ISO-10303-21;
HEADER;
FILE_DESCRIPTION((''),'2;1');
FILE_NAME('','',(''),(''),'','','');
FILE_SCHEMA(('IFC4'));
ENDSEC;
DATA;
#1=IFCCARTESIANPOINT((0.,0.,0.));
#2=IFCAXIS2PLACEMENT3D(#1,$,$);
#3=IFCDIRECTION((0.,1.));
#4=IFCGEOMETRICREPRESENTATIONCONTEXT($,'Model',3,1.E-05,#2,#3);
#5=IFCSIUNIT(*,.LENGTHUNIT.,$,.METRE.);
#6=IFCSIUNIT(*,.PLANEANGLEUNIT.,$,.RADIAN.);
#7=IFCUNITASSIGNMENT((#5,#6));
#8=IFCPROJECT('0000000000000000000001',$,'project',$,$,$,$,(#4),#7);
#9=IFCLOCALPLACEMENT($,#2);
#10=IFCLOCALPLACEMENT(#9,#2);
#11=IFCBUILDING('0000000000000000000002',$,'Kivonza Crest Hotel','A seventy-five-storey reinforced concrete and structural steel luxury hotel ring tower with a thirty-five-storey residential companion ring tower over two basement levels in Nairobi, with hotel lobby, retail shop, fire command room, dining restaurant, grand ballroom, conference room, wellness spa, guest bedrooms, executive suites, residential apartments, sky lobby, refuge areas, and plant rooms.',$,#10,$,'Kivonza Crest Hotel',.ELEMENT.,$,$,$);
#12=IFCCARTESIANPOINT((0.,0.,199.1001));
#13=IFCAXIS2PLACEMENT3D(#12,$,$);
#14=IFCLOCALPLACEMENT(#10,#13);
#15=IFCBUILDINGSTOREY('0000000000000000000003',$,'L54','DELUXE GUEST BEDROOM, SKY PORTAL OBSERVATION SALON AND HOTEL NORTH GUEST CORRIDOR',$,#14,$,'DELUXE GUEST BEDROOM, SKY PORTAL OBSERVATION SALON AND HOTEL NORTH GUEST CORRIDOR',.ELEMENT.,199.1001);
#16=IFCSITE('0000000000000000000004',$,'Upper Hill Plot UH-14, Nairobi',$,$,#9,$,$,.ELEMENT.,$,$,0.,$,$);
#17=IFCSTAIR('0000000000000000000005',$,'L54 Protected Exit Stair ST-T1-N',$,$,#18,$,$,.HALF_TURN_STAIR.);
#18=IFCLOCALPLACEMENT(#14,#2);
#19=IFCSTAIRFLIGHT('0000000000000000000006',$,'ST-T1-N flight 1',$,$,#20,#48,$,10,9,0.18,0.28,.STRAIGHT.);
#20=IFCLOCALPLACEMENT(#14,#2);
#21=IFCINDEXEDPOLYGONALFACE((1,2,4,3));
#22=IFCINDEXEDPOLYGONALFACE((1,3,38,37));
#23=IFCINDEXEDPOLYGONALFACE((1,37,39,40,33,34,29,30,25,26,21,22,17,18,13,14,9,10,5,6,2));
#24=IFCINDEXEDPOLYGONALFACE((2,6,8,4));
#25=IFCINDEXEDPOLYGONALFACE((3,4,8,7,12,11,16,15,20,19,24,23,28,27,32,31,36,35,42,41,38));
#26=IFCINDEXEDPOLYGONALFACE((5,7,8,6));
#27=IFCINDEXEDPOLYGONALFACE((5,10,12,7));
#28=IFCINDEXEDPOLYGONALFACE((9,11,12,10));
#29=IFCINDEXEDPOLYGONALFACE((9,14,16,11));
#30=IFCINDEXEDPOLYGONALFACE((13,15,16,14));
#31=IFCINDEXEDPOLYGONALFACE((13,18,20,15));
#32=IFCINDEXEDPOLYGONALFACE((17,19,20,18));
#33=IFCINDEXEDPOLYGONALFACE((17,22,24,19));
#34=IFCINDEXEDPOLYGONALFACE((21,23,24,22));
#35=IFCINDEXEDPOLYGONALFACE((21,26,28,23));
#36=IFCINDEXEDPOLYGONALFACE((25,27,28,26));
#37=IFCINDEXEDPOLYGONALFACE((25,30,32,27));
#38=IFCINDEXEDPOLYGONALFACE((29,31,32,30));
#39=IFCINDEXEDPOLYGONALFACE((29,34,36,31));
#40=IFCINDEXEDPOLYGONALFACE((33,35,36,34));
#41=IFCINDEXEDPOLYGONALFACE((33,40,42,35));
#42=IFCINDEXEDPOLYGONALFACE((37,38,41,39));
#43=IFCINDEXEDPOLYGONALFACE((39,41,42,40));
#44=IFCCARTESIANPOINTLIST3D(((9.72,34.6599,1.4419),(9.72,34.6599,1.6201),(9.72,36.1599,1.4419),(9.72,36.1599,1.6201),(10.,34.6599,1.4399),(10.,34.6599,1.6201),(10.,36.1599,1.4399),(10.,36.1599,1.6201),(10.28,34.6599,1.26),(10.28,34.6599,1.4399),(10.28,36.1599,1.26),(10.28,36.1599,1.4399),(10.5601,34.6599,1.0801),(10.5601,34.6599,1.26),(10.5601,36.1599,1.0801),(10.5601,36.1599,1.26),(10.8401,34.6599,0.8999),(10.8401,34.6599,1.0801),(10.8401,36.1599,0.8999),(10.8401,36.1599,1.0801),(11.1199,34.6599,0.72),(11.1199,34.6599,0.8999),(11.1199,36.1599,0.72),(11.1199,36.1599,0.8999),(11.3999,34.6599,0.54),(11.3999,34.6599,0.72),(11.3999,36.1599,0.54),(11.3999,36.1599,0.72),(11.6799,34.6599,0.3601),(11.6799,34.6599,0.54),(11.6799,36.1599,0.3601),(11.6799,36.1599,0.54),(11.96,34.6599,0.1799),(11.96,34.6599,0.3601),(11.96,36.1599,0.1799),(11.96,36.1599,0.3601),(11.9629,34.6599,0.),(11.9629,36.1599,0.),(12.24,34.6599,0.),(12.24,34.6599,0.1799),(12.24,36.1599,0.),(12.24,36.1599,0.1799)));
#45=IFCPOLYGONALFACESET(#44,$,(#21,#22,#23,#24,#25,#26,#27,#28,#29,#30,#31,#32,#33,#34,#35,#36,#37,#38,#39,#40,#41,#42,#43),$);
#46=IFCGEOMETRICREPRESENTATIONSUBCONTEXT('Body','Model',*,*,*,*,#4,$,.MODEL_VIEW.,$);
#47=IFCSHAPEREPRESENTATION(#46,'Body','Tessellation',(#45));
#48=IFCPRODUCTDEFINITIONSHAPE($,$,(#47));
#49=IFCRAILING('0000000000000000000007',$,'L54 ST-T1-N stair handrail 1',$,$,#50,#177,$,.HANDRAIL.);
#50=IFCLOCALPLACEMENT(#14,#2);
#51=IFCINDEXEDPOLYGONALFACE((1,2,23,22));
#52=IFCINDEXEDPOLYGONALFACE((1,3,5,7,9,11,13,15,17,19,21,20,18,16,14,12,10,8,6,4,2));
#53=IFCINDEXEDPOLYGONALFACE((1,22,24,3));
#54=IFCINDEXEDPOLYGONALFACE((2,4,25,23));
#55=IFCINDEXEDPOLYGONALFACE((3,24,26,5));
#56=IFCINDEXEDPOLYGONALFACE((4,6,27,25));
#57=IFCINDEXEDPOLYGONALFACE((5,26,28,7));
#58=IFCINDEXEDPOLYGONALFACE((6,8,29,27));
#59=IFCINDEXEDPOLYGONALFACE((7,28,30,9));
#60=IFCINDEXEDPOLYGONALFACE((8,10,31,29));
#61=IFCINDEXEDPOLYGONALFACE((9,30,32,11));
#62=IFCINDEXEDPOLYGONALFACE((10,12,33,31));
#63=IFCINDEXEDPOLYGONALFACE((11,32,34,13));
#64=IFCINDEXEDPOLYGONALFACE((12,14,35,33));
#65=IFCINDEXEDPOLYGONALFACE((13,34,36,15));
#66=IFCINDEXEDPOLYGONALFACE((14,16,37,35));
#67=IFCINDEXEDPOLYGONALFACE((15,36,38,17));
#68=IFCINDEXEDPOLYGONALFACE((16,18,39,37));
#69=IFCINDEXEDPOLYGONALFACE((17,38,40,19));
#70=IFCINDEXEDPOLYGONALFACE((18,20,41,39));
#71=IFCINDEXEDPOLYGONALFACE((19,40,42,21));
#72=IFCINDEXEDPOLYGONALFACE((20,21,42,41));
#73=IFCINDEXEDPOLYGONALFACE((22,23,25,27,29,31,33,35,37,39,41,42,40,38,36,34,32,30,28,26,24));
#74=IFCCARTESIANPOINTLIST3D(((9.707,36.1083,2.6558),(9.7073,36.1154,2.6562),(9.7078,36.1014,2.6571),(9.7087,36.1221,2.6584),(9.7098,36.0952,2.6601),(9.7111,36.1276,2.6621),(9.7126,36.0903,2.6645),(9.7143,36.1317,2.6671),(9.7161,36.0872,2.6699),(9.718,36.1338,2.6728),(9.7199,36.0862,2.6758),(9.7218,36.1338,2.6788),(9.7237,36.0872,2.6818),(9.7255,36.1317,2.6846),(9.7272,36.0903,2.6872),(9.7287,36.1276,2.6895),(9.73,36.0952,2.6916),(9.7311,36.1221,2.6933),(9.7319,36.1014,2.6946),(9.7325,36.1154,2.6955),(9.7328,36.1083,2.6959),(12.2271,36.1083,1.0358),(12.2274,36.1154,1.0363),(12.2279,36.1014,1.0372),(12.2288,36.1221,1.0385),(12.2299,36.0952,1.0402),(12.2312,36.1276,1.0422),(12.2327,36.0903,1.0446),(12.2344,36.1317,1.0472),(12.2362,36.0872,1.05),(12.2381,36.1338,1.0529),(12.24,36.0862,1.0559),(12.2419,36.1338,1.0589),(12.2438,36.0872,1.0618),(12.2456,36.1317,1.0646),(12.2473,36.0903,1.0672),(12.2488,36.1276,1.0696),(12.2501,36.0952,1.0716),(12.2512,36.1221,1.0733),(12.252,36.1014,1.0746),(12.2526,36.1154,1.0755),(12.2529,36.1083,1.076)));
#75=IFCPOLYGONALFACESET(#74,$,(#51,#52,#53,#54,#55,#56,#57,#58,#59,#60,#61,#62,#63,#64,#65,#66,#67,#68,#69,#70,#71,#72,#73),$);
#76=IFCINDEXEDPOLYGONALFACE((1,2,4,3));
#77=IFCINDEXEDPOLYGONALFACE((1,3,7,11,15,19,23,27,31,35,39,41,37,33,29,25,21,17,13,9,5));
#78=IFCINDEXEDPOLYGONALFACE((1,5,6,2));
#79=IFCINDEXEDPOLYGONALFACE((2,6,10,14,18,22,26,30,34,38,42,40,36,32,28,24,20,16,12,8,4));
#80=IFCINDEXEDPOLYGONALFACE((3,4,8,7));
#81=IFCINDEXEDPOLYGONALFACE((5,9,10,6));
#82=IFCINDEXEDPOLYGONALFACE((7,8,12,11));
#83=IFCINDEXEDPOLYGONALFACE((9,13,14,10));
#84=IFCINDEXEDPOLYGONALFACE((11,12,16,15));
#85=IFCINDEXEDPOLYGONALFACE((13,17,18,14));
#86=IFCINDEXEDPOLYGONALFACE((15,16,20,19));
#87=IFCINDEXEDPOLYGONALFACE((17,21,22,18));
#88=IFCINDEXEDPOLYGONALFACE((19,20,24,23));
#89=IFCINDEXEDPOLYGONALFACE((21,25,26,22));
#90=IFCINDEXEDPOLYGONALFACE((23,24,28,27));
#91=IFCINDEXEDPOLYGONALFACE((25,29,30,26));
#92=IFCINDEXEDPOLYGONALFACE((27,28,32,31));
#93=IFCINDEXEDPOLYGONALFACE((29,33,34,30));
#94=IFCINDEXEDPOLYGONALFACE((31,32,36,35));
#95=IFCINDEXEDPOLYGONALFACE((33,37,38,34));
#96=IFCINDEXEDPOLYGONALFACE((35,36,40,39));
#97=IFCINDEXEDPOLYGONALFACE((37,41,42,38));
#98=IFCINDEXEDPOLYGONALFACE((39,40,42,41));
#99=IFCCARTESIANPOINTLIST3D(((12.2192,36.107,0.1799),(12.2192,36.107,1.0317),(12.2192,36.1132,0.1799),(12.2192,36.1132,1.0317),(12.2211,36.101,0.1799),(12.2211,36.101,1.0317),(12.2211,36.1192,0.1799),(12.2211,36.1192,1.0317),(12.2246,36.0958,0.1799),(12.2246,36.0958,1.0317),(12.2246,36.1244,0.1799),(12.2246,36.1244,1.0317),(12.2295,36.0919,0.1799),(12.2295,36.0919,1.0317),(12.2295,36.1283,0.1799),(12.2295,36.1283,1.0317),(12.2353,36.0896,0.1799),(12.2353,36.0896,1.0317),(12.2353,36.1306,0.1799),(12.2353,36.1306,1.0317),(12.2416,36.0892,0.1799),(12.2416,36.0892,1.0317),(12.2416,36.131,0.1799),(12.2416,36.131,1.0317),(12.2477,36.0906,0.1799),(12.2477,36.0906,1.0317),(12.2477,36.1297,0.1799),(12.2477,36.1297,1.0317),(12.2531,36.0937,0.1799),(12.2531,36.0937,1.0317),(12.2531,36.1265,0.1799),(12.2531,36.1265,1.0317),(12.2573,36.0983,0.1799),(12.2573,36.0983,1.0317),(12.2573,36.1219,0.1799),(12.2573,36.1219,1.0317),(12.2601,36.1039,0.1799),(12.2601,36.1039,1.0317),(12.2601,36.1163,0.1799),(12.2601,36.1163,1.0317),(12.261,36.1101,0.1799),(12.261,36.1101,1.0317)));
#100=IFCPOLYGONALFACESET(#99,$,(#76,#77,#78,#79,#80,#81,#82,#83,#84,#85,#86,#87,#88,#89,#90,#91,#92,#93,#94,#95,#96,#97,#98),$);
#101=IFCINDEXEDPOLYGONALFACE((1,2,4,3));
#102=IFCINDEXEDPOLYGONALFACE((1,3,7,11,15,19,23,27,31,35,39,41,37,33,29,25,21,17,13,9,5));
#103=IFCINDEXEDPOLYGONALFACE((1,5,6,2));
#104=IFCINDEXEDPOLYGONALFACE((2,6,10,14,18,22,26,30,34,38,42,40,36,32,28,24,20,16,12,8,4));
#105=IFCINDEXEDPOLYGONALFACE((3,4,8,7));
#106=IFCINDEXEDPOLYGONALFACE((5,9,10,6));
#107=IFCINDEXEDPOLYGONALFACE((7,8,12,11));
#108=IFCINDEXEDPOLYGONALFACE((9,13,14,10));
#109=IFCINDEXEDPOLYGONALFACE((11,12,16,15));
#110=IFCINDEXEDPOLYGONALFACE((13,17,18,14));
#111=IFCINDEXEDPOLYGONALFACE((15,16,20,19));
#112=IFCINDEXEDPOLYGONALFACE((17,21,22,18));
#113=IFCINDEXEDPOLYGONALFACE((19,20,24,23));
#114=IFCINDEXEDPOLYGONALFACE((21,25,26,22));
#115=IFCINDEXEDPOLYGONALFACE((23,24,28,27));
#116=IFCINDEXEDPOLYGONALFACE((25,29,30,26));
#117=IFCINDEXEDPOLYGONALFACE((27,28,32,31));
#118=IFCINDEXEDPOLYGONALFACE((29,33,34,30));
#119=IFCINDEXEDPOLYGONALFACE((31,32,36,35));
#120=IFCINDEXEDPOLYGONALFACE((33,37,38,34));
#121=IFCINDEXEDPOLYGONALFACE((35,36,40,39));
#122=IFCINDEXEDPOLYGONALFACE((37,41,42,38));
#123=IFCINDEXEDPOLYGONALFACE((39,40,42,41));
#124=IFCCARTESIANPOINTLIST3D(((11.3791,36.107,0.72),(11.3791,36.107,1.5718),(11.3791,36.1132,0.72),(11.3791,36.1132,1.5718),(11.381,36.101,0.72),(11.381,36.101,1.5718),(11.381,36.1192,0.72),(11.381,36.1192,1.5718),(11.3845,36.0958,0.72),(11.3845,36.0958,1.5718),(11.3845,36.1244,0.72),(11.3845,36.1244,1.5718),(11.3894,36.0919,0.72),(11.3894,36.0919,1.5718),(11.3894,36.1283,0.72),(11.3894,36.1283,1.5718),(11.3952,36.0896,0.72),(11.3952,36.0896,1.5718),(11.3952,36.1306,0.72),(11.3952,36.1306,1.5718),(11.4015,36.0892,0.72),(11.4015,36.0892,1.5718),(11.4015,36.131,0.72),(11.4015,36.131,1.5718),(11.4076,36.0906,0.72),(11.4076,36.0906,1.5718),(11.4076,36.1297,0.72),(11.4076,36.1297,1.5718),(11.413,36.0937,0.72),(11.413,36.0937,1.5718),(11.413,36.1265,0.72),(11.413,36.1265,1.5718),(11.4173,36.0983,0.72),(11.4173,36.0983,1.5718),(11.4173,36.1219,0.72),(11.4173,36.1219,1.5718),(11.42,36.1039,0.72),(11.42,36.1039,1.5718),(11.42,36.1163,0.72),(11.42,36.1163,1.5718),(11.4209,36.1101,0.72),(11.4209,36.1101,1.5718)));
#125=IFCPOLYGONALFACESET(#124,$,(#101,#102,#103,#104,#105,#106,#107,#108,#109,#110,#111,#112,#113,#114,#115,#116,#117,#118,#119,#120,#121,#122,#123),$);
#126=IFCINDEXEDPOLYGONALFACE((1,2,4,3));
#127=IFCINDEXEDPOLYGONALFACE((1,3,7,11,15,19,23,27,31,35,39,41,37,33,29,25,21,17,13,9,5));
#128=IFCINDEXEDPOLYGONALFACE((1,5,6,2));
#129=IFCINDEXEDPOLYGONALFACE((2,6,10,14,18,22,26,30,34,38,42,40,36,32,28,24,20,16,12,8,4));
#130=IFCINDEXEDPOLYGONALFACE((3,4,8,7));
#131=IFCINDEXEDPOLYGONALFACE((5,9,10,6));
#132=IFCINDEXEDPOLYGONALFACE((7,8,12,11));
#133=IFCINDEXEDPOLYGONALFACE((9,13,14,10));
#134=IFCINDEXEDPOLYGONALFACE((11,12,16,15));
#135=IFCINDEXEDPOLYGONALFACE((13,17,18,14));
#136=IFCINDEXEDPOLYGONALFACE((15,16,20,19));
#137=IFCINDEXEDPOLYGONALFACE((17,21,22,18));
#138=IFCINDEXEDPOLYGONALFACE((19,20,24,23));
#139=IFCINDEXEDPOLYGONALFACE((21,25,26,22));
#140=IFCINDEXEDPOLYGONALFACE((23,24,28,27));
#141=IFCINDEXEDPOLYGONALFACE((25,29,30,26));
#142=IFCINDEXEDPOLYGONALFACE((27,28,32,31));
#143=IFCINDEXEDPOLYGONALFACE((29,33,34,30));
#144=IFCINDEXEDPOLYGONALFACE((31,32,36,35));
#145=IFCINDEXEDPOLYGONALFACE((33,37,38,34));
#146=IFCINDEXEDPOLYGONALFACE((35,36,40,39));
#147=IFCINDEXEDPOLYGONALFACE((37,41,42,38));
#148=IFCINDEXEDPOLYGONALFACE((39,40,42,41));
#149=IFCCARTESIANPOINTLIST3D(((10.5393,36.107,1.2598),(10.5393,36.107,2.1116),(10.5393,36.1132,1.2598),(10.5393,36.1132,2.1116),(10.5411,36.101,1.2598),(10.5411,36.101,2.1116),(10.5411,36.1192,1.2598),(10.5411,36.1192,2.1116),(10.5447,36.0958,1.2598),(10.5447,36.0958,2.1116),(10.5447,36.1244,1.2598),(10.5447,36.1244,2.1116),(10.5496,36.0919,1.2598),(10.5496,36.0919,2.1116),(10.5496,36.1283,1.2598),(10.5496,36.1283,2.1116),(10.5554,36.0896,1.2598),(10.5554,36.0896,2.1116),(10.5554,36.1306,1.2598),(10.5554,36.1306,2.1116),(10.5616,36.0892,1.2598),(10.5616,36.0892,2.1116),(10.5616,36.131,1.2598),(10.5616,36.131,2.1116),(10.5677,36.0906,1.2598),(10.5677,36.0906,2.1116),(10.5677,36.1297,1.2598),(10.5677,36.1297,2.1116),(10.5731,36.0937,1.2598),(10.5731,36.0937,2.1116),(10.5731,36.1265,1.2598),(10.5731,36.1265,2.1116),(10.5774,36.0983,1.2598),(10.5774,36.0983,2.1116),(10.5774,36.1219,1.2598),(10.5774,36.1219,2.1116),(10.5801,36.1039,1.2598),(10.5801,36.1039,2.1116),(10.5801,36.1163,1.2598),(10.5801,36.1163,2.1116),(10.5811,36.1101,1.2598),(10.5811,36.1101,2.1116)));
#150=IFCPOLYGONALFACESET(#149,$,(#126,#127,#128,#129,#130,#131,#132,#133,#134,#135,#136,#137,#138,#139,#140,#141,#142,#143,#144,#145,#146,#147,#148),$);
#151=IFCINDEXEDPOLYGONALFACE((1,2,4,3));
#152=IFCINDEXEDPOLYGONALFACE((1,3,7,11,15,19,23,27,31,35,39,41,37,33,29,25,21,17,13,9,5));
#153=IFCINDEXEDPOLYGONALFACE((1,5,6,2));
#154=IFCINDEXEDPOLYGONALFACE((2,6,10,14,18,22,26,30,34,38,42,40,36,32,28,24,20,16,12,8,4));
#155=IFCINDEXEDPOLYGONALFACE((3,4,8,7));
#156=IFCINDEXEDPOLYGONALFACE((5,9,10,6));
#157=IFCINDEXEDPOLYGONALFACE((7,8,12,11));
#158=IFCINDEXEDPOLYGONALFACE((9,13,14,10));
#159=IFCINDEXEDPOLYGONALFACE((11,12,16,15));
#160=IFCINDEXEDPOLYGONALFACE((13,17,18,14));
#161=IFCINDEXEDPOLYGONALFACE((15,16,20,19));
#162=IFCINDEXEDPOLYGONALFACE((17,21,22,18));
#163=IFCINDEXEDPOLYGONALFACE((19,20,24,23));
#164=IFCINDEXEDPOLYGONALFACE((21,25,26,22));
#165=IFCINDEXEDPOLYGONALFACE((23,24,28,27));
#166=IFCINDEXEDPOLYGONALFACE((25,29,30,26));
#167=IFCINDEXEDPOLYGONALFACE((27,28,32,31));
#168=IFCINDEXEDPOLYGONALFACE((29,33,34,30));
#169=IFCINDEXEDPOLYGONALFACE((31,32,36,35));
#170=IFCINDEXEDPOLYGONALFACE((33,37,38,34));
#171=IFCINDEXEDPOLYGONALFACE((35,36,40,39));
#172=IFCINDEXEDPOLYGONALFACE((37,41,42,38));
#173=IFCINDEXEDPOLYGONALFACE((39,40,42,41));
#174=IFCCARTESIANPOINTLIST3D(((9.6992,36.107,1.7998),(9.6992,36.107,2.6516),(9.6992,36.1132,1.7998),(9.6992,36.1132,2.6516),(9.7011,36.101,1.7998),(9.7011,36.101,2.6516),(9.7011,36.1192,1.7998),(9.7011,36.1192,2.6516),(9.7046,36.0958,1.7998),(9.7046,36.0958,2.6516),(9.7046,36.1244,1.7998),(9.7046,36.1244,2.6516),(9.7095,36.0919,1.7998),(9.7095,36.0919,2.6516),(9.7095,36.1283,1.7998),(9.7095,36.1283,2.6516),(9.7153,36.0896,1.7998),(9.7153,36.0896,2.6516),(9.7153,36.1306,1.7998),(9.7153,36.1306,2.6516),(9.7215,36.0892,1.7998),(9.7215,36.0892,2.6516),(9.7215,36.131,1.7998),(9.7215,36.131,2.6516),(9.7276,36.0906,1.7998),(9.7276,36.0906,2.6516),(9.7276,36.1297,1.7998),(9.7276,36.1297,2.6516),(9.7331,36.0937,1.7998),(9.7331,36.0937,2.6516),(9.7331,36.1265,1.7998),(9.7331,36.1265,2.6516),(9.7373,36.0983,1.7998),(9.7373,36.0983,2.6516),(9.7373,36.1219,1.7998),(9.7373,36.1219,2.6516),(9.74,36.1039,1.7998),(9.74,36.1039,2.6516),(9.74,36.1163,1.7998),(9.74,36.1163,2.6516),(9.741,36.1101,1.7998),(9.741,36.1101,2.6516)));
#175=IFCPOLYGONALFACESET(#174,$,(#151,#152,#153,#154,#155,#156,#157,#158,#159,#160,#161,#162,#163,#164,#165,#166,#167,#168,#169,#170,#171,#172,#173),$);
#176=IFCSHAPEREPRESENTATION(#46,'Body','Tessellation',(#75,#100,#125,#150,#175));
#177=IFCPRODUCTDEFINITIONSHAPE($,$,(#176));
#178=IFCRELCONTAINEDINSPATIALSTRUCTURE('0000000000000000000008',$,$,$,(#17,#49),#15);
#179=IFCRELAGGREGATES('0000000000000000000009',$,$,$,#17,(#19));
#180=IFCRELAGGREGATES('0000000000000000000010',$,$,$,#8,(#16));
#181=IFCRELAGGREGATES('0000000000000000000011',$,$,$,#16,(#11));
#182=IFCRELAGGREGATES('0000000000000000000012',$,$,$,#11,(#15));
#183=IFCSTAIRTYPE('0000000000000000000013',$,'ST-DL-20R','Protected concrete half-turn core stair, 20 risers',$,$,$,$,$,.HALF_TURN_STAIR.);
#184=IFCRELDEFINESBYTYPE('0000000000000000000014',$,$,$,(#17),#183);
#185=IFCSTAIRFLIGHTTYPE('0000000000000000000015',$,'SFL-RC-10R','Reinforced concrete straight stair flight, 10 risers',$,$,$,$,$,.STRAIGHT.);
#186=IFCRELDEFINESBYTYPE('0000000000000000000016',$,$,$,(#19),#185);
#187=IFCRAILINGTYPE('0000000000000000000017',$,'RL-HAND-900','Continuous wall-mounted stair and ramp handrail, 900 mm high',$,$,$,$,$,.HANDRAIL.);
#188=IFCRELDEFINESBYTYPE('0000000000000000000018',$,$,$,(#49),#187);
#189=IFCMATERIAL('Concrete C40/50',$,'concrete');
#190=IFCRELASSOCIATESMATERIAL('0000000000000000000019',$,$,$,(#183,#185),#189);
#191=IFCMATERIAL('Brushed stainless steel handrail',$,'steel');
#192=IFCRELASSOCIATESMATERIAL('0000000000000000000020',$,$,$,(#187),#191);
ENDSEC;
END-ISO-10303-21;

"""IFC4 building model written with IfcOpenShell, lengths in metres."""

from ifc_helpers import new_model, si_unit, direction, frame, origin, origin_2d, place, context, subcontext, project, spatial, polyline, circle, outline, extrude, material, type_object, element, aggregate, save


model = new_model("IFC4")

# Units and contexts
model_context = context("Model", 3, precision=1e-05, world=origin(), true_north=direction((0.0, 1.0)))
body_context = subcontext(model_context, "Body", "Model", "MODEL_VIEW")
ifc_project = project(units=[si_unit("LENGTHUNIT", "METRE"), si_unit("PLANEANGLEUNIT", "RADIAN")], contexts=[model_context])

# Site, building, storey
site_placement = place(None, origin())
site = spatial("IfcSite", under=ifc_project, at=site_placement, Name="Upper Hill Plot UH-14, Nairobi", CompositionType="ELEMENT", RefElevation=0.0)
building_placement = place(site_placement, origin())
building = spatial("IfcBuilding", under=site, at=building_placement, Name="Kivonza Crest Hotel", Description="A seventy-five-storey reinforced concrete and structural steel luxury hotel ring tower with a thirty-five-storey residential companion ring tower over two basement levels in Nairobi, with hotel lobby, retail shop, fire command room, dining restaurant, grand ballroom, conference room, wellness spa, guest bedrooms, executive suites, residential apartments, sky lobby, refuge areas, and plant rooms.", LongName="Kivonza Crest Hotel", CompositionType="ELEMENT")
storey_placement = place(building_placement, frame((0.0, 0.0, 199.1001)))
storey = spatial("IfcBuildingStorey", under=building, at=storey_placement, Name="L54", Description="DELUXE GUEST BEDROOM, SKY PORTAL OBSERVATION SALON AND HOTEL NORTH GUEST CORRIDOR", LongName="DELUXE GUEST BEDROOM, SKY PORTAL OBSERVATION SALON AND HOTEL NORTH GUEST CORRIDOR", CompositionType="ELEMENT", Elevation=199.1001)

# Stair, stair flight
ifc_material_1 = material(Name="Concrete C40/50", Category="concrete")
stair_type = type_object("IfcStairType", Name="ST-DL-20R", Description="Protected concrete half-turn core stair, 20 risers", PredefinedType="HALF_TURN_STAIR", material=ifc_material_1)
stair_placement = place(storey_placement, origin())
stair = element("IfcStair", 1, at=stair_placement, inside=storey, type_object=stair_type, Name="L54 Protected Exit Stair ST-T1-N", PredefinedType="HALF_TURN_STAIR")
stair_flight_type = type_object("IfcStairFlightType", Name="SFL-RC-10R", Description="Reinforced concrete straight stair flight, 10 risers", PredefinedType="STRAIGHT", material=ifc_material_1)
stair_flight_placement = place(storey_placement, frame((12.24, 35.4099, 0.0), z_axis=(0.0, 0.0, 1.0), x_axis=(-1.0, 0.0, 0.0)))
stair_flight = element("IfcStairFlight", 2, at=stair_flight_placement, type_object=stair_flight_type, Name="ST-T1-N flight 1", NumberOfRisers=10, NumberOfTreads=9, PredefinedType="STRAIGHT", RiserHeight=0.18, TreadLength=0.28, context=body_context, shape_type="SweptSolid", body=[
    extrude(outline(polyline([(0.0, 0.0), (0.0, 0.1799), (0.28, 0.1799), (0.28, 0.3601), (0.5601, 0.3601), (0.5601, 0.54), (0.8401, 0.54), (0.8401, 0.72), (1.1201, 0.72), (1.1201, 0.8999), (1.3999, 0.8999), (1.3999, 1.0801), (1.6799, 1.0801), (1.6799, 1.26), (1.96, 1.26), (1.96, 1.4399), (2.24, 1.4399), (2.24, 1.6201), (2.52, 1.6201), (2.52, 1.8), (2.52, 1.4419), (0.2771, 0.0), (0.0, 0.0)])), frame((0.0, 0.75, 0.0), z_axis=(0.0, -1.0, 0.0), x_axis=(1.0, 0.0, 0.0)), (0.0, 0.0, 1.0), 1.5),
])
aggregate(stair, [stair_flight])

# Railing
ifc_material_2 = material(Name="Brushed stainless steel handrail", Category="steel")
railing_type_1 = type_object("IfcRailingType", Name="RL-HAND-900", Description="Continuous wall-mounted stair and ramp handrail, 900 mm high", PredefinedType="HANDRAIL", material=ifc_material_2)
railing_1_placement = place(storey_placement, frame((12.24, 36.1101, 0.1799)))
element("IfcRailing", 3, at=railing_1_placement, inside=storey, type_object=railing_type_1, Name="L54 ST-T1-N stair handrail 1", PredefinedType="HANDRAIL", context=body_context, shape_type="SweptSolid", body=[
    extrude(circle(Radius=0.0239, at=origin_2d()), frame((0.0, 0.0, 0.876), z_axis=(-0.8412, 0.0, 0.540725), x_axis=(0.0, -1.0, 0.0)), (0.0, 0.0, 1.0), 2.9958),
    extrude(circle(Radius=0.021, at=origin_2d()), origin(), (0.0, 0.0, 1.0), 0.8518),
    extrude(circle(Radius=0.021, at=origin_2d()), frame((-0.8401, 0.0, 0.54)), (0.0, 0.0, 1.0), 0.8518),
    extrude(circle(Radius=0.021, at=origin_2d()), frame((-1.6799, 0.0, 1.0798)), (0.0, 0.0, 1.0), 0.8518),
    extrude(circle(Radius=0.021, at=origin_2d()), frame((-2.52, 0.0, 1.6199)), (0.0, 0.0, 1.0), 0.8518),
])

save(model, "model.ifc")
